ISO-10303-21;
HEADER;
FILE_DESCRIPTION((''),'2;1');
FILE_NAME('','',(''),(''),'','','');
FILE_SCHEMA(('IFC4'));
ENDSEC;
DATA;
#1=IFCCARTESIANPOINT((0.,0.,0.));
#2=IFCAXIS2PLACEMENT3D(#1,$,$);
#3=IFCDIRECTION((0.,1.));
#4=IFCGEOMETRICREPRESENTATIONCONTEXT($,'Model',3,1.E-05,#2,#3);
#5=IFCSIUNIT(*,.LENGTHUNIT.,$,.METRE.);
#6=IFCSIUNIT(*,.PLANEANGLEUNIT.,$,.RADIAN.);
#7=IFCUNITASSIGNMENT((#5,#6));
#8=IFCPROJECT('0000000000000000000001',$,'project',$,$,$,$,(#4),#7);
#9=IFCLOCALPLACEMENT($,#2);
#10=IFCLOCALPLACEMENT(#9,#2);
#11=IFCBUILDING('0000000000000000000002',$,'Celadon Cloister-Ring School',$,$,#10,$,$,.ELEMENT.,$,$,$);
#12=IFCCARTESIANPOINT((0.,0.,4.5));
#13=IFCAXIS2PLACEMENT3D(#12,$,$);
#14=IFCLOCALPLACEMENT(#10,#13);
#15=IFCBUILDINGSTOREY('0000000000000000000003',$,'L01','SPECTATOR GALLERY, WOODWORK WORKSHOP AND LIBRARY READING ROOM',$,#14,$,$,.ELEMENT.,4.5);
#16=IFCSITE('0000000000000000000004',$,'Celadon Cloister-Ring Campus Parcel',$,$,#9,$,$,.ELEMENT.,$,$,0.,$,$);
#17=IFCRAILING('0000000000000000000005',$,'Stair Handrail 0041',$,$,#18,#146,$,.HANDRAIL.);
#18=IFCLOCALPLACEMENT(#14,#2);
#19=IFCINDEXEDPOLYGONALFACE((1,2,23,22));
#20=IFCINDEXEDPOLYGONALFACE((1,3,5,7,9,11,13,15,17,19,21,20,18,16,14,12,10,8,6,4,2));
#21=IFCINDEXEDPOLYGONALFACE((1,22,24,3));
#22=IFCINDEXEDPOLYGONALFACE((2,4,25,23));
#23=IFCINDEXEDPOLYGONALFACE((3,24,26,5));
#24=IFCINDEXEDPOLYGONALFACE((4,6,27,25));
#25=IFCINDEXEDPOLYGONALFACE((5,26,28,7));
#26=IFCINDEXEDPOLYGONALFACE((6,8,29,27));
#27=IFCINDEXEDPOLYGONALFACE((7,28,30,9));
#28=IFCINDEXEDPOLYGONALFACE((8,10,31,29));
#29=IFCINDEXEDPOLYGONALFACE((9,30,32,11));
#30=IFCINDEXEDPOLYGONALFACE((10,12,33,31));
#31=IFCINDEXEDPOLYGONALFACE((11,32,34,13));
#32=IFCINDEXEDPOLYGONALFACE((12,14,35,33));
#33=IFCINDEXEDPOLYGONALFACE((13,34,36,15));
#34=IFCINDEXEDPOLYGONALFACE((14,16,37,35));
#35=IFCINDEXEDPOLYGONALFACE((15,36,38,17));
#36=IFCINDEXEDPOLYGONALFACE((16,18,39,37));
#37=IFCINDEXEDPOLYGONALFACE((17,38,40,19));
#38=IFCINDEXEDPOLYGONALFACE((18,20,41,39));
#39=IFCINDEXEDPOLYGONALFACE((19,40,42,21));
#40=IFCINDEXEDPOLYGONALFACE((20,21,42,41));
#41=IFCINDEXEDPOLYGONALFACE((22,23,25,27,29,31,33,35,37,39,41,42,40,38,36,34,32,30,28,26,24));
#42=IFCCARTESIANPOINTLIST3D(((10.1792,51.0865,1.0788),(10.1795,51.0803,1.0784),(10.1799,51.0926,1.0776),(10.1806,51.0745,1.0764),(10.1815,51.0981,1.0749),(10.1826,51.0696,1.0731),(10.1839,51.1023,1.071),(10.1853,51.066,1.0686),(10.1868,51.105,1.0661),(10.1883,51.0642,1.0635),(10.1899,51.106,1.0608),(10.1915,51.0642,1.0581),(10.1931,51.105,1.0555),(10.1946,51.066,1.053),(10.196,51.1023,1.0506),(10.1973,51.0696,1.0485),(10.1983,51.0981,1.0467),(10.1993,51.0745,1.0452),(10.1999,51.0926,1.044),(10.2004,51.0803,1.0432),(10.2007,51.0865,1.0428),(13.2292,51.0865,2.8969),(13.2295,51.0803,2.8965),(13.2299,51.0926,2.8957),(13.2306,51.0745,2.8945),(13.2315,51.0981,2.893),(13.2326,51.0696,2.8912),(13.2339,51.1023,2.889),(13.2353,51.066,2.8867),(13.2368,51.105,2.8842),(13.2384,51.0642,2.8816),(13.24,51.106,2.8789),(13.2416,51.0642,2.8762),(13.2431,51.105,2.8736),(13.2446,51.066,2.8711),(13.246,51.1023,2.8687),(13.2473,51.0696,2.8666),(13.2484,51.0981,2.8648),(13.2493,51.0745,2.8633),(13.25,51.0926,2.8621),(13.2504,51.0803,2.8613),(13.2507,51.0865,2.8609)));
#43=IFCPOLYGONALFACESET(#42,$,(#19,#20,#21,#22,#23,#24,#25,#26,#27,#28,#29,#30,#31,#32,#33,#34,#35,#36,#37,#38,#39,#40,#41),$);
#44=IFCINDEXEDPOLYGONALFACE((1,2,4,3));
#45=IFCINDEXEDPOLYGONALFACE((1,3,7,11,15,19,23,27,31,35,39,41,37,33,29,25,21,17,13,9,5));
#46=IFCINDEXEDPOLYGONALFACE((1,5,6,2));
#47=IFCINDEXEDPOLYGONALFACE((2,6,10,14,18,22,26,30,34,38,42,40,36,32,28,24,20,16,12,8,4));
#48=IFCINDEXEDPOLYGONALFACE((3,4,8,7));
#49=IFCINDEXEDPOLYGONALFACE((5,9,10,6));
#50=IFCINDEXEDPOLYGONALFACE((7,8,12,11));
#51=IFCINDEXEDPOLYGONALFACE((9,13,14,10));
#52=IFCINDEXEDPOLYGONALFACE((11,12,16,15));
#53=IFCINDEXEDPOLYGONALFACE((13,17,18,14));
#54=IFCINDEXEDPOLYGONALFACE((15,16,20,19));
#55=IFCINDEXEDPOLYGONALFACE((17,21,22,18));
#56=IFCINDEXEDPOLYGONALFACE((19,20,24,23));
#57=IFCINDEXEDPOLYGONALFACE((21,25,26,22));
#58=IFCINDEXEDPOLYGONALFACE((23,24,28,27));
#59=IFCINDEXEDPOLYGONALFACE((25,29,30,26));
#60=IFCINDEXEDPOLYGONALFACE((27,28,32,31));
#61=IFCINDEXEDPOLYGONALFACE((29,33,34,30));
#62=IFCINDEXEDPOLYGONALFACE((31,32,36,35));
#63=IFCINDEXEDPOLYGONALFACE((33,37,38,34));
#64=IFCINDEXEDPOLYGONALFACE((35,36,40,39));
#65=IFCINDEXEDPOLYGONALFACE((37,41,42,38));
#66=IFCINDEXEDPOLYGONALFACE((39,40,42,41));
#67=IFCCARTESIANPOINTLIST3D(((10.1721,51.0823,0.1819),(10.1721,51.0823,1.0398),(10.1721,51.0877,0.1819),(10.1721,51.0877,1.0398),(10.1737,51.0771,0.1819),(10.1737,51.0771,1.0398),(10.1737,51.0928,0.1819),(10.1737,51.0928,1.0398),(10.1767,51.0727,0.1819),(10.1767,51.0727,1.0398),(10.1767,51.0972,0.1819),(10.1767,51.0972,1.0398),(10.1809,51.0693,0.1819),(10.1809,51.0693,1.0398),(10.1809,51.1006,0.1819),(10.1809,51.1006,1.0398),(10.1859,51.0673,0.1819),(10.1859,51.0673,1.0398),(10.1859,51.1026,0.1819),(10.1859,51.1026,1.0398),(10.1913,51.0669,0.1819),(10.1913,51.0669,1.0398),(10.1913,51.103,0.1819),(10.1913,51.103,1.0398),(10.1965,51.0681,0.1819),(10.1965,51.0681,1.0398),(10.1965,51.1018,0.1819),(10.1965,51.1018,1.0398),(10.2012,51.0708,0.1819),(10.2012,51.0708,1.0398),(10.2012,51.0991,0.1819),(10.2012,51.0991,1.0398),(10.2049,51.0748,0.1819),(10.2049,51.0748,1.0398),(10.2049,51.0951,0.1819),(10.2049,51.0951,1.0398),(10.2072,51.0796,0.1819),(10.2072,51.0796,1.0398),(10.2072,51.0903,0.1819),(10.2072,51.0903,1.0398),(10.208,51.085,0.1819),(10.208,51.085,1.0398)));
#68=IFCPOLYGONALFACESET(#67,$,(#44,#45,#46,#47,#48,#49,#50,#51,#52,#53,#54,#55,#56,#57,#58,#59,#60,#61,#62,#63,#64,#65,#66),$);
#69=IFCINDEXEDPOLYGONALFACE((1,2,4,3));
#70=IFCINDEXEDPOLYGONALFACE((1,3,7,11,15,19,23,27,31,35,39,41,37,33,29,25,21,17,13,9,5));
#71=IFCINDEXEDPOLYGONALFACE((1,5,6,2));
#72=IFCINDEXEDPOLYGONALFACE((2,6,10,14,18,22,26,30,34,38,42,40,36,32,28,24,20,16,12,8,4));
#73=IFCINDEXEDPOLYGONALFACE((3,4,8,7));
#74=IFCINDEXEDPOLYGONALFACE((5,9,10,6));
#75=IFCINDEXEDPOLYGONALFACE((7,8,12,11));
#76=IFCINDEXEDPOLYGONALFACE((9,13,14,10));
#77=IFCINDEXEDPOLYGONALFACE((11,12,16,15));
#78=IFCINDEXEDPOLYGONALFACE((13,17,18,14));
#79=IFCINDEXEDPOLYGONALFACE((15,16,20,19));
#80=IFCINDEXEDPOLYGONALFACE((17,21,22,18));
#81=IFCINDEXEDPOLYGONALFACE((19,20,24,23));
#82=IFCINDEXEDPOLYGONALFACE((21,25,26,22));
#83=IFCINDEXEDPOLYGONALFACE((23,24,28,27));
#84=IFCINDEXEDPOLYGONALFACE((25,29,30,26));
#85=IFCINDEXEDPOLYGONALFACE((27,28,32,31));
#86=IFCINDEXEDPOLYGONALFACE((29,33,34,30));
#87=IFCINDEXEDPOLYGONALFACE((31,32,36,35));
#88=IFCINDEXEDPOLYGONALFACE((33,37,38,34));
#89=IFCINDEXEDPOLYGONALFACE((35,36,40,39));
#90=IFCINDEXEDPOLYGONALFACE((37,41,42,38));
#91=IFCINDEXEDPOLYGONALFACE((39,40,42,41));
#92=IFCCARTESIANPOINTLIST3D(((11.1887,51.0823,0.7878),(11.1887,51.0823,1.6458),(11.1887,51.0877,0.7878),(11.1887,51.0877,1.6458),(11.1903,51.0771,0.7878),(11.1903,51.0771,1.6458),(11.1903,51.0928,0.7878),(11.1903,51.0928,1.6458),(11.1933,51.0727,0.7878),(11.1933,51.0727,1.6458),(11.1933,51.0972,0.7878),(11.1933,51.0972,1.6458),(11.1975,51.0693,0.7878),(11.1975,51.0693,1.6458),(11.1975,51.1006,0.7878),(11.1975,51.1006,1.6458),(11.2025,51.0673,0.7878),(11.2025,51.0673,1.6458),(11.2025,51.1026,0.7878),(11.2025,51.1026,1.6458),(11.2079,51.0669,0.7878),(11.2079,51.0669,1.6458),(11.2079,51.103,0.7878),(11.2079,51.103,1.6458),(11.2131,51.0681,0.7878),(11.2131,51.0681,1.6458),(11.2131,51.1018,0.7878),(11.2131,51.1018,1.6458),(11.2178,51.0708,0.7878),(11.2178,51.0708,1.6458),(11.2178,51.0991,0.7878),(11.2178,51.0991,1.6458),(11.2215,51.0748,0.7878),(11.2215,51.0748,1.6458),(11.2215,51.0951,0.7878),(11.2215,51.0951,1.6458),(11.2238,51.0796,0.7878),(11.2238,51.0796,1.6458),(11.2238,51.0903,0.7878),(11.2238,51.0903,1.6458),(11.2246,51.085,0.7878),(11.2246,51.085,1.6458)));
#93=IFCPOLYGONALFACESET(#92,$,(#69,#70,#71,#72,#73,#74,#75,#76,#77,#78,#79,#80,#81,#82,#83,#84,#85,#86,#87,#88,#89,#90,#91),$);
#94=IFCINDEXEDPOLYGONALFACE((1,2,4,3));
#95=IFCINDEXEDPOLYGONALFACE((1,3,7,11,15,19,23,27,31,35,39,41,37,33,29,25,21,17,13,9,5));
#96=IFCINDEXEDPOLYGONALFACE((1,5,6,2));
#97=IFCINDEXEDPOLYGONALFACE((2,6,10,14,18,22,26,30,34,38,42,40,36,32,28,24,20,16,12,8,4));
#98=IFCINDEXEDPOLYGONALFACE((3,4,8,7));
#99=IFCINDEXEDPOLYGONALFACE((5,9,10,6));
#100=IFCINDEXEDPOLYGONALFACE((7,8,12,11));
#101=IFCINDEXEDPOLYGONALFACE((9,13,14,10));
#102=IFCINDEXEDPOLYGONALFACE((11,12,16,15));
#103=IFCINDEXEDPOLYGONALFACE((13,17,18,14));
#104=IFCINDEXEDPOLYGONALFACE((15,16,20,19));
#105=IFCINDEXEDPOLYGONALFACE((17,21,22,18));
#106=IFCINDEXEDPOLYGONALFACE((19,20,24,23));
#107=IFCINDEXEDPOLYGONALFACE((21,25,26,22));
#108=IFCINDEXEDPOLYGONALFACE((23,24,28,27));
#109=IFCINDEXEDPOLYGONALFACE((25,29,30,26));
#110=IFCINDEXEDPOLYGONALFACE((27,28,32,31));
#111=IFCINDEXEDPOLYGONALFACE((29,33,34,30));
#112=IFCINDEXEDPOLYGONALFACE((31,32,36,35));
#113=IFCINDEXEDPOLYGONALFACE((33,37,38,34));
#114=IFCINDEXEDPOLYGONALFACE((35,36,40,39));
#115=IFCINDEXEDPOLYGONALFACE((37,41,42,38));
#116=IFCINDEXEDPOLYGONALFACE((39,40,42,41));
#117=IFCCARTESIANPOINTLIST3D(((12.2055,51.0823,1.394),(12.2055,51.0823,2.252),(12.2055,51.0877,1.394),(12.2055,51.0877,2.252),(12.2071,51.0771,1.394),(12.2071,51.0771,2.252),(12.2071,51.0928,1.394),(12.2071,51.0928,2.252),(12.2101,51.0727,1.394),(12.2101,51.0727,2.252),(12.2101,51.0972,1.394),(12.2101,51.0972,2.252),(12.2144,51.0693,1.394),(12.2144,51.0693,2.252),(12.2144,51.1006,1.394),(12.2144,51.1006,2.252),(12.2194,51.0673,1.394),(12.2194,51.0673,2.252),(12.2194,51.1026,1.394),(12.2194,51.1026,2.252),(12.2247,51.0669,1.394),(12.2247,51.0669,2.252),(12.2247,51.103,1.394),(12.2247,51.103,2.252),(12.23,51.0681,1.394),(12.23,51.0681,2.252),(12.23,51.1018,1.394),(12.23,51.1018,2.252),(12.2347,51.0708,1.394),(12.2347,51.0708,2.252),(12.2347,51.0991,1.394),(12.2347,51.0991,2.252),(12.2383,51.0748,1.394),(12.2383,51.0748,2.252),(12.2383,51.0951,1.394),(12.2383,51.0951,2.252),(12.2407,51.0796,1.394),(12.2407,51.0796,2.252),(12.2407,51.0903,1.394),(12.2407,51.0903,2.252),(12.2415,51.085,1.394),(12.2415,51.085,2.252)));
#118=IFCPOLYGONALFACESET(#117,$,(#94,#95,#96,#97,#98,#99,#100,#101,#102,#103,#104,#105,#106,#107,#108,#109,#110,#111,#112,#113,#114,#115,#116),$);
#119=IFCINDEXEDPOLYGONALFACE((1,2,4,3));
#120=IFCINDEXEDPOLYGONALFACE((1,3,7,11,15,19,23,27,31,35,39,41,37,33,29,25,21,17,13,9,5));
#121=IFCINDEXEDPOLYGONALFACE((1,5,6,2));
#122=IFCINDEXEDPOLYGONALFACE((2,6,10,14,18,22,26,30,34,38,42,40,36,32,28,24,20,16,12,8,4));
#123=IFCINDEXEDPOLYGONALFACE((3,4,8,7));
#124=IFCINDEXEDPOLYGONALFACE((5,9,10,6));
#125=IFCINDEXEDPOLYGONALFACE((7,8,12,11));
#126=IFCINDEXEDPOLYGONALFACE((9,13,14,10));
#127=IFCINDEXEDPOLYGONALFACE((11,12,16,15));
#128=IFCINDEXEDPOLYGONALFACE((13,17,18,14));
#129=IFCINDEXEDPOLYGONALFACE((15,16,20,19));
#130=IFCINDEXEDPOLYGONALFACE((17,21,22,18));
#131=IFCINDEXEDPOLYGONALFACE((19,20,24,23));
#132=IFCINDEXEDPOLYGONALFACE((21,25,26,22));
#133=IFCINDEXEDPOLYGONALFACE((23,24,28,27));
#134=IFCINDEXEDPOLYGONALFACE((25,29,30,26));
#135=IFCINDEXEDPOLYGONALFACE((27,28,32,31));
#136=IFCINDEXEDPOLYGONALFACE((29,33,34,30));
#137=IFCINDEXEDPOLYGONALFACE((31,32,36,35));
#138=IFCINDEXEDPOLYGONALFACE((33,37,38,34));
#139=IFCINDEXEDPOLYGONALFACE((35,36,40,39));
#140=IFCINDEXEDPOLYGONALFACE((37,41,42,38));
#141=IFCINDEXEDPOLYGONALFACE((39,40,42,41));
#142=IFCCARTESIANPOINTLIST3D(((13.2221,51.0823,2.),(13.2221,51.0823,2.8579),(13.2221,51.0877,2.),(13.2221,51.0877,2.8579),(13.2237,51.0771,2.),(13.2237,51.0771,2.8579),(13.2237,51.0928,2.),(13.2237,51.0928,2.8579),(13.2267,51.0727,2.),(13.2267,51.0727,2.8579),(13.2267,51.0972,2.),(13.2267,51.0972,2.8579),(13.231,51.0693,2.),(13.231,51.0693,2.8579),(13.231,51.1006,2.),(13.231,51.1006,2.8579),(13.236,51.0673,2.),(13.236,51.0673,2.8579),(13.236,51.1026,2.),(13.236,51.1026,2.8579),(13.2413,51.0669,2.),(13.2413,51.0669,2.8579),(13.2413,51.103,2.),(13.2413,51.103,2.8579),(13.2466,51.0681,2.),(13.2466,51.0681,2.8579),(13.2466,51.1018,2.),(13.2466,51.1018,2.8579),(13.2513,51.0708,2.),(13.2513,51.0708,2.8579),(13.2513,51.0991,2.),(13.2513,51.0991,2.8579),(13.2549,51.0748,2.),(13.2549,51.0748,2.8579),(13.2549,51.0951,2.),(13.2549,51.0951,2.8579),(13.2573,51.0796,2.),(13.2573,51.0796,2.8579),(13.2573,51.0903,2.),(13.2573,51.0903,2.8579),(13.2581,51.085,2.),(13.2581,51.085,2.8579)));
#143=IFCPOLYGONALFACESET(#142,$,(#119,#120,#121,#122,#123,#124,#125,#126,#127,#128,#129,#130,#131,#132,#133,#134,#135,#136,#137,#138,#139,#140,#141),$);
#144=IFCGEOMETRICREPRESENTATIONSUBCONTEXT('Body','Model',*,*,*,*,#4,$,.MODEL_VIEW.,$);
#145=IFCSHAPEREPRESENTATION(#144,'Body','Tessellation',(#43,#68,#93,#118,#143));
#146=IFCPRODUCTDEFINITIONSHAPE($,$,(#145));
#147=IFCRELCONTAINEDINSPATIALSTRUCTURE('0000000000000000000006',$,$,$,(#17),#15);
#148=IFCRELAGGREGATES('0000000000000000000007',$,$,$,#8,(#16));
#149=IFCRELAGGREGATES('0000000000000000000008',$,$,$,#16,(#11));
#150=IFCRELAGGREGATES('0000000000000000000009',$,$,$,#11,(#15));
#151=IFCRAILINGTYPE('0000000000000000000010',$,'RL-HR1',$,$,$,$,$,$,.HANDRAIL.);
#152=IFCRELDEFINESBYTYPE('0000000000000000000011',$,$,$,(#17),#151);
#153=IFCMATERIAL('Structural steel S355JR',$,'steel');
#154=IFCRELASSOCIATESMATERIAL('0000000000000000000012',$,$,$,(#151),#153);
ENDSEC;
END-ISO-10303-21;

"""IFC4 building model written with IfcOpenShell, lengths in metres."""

from ifc_helpers import new_model, si_unit, direction, frame, origin, origin_2d, place, context, subcontext, project, spatial, circle, extrude, material, type_object, element, save


model = new_model("IFC4")

# Units and contexts
model_context = context("Model", 3, precision=1e-05, world=origin(), true_north=direction((0.0, 1.0)))
body_context = subcontext(model_context, "Body", "Model", "MODEL_VIEW")
ifc_project = project(units=[si_unit("LENGTHUNIT", "METRE"), si_unit("PLANEANGLEUNIT", "RADIAN")], contexts=[model_context])

# Site, building, storey
site_placement = place(None, origin())
site = spatial("IfcSite", under=ifc_project, at=site_placement, Name="Celadon Cloister-Ring Campus Parcel", CompositionType="ELEMENT", RefElevation=0.0)
building_placement = place(site_placement, origin())
building = spatial("IfcBuilding", under=site, at=building_placement, Name="Celadon Cloister-Ring School", CompositionType="ELEMENT")
storey_placement = place(building_placement, frame((0.0, 0.0, 4.5)))
storey = spatial("IfcBuildingStorey", under=building, at=storey_placement, Name="L01", Description="SPECTATOR GALLERY, WOODWORK WORKSHOP AND LIBRARY READING ROOM", CompositionType="ELEMENT", Elevation=4.5)

# Railing
ifc_material_1 = material(Name="Structural steel S355JR", Category="steel")
railing_type_1 = type_object("IfcRailingType", Name="RL-HR1", PredefinedType="HANDRAIL", material=ifc_material_1)
for number, where, name in (
    (1, (10.1899, 51.085, 0.1819), "Stair Handrail 0041"),
):
    element("IfcRailing", number, at=place(storey_placement, frame(where)), inside=storey, type_object=railing_type_1, Name=name, PredefinedType="HANDRAIL", context=body_context, shape_type="SweptSolid", body=[
        extrude(circle(Radius=0.021, at=origin_2d()), frame((0.0, 0.0, 0.8789), z_axis=(0.85897, 0.0, 0.512026), x_axis=(0.0, 1.0, 0.0)), (0.0, 0.0, 1.0), 3.5508),
        extrude(circle(Radius=0.0181, at=origin_2d()), origin(), (0.0, 0.0, 1.0), 0.8579),
        extrude(circle(Radius=0.0181, at=origin_2d()), frame((1.0166, 0.0, 0.606)), (0.0, 0.0, 1.0), 0.8579),
        extrude(circle(Radius=0.0181, at=origin_2d()), frame((2.0334, 0.0, 1.2122)), (0.0, 0.0, 1.0), 0.8579),
        extrude(circle(Radius=0.0181, at=origin_2d()), frame((3.05, 0.0, 1.8181)), (0.0, 0.0, 1.0), 0.8579),
    ])

save(model, "model.ifc")
